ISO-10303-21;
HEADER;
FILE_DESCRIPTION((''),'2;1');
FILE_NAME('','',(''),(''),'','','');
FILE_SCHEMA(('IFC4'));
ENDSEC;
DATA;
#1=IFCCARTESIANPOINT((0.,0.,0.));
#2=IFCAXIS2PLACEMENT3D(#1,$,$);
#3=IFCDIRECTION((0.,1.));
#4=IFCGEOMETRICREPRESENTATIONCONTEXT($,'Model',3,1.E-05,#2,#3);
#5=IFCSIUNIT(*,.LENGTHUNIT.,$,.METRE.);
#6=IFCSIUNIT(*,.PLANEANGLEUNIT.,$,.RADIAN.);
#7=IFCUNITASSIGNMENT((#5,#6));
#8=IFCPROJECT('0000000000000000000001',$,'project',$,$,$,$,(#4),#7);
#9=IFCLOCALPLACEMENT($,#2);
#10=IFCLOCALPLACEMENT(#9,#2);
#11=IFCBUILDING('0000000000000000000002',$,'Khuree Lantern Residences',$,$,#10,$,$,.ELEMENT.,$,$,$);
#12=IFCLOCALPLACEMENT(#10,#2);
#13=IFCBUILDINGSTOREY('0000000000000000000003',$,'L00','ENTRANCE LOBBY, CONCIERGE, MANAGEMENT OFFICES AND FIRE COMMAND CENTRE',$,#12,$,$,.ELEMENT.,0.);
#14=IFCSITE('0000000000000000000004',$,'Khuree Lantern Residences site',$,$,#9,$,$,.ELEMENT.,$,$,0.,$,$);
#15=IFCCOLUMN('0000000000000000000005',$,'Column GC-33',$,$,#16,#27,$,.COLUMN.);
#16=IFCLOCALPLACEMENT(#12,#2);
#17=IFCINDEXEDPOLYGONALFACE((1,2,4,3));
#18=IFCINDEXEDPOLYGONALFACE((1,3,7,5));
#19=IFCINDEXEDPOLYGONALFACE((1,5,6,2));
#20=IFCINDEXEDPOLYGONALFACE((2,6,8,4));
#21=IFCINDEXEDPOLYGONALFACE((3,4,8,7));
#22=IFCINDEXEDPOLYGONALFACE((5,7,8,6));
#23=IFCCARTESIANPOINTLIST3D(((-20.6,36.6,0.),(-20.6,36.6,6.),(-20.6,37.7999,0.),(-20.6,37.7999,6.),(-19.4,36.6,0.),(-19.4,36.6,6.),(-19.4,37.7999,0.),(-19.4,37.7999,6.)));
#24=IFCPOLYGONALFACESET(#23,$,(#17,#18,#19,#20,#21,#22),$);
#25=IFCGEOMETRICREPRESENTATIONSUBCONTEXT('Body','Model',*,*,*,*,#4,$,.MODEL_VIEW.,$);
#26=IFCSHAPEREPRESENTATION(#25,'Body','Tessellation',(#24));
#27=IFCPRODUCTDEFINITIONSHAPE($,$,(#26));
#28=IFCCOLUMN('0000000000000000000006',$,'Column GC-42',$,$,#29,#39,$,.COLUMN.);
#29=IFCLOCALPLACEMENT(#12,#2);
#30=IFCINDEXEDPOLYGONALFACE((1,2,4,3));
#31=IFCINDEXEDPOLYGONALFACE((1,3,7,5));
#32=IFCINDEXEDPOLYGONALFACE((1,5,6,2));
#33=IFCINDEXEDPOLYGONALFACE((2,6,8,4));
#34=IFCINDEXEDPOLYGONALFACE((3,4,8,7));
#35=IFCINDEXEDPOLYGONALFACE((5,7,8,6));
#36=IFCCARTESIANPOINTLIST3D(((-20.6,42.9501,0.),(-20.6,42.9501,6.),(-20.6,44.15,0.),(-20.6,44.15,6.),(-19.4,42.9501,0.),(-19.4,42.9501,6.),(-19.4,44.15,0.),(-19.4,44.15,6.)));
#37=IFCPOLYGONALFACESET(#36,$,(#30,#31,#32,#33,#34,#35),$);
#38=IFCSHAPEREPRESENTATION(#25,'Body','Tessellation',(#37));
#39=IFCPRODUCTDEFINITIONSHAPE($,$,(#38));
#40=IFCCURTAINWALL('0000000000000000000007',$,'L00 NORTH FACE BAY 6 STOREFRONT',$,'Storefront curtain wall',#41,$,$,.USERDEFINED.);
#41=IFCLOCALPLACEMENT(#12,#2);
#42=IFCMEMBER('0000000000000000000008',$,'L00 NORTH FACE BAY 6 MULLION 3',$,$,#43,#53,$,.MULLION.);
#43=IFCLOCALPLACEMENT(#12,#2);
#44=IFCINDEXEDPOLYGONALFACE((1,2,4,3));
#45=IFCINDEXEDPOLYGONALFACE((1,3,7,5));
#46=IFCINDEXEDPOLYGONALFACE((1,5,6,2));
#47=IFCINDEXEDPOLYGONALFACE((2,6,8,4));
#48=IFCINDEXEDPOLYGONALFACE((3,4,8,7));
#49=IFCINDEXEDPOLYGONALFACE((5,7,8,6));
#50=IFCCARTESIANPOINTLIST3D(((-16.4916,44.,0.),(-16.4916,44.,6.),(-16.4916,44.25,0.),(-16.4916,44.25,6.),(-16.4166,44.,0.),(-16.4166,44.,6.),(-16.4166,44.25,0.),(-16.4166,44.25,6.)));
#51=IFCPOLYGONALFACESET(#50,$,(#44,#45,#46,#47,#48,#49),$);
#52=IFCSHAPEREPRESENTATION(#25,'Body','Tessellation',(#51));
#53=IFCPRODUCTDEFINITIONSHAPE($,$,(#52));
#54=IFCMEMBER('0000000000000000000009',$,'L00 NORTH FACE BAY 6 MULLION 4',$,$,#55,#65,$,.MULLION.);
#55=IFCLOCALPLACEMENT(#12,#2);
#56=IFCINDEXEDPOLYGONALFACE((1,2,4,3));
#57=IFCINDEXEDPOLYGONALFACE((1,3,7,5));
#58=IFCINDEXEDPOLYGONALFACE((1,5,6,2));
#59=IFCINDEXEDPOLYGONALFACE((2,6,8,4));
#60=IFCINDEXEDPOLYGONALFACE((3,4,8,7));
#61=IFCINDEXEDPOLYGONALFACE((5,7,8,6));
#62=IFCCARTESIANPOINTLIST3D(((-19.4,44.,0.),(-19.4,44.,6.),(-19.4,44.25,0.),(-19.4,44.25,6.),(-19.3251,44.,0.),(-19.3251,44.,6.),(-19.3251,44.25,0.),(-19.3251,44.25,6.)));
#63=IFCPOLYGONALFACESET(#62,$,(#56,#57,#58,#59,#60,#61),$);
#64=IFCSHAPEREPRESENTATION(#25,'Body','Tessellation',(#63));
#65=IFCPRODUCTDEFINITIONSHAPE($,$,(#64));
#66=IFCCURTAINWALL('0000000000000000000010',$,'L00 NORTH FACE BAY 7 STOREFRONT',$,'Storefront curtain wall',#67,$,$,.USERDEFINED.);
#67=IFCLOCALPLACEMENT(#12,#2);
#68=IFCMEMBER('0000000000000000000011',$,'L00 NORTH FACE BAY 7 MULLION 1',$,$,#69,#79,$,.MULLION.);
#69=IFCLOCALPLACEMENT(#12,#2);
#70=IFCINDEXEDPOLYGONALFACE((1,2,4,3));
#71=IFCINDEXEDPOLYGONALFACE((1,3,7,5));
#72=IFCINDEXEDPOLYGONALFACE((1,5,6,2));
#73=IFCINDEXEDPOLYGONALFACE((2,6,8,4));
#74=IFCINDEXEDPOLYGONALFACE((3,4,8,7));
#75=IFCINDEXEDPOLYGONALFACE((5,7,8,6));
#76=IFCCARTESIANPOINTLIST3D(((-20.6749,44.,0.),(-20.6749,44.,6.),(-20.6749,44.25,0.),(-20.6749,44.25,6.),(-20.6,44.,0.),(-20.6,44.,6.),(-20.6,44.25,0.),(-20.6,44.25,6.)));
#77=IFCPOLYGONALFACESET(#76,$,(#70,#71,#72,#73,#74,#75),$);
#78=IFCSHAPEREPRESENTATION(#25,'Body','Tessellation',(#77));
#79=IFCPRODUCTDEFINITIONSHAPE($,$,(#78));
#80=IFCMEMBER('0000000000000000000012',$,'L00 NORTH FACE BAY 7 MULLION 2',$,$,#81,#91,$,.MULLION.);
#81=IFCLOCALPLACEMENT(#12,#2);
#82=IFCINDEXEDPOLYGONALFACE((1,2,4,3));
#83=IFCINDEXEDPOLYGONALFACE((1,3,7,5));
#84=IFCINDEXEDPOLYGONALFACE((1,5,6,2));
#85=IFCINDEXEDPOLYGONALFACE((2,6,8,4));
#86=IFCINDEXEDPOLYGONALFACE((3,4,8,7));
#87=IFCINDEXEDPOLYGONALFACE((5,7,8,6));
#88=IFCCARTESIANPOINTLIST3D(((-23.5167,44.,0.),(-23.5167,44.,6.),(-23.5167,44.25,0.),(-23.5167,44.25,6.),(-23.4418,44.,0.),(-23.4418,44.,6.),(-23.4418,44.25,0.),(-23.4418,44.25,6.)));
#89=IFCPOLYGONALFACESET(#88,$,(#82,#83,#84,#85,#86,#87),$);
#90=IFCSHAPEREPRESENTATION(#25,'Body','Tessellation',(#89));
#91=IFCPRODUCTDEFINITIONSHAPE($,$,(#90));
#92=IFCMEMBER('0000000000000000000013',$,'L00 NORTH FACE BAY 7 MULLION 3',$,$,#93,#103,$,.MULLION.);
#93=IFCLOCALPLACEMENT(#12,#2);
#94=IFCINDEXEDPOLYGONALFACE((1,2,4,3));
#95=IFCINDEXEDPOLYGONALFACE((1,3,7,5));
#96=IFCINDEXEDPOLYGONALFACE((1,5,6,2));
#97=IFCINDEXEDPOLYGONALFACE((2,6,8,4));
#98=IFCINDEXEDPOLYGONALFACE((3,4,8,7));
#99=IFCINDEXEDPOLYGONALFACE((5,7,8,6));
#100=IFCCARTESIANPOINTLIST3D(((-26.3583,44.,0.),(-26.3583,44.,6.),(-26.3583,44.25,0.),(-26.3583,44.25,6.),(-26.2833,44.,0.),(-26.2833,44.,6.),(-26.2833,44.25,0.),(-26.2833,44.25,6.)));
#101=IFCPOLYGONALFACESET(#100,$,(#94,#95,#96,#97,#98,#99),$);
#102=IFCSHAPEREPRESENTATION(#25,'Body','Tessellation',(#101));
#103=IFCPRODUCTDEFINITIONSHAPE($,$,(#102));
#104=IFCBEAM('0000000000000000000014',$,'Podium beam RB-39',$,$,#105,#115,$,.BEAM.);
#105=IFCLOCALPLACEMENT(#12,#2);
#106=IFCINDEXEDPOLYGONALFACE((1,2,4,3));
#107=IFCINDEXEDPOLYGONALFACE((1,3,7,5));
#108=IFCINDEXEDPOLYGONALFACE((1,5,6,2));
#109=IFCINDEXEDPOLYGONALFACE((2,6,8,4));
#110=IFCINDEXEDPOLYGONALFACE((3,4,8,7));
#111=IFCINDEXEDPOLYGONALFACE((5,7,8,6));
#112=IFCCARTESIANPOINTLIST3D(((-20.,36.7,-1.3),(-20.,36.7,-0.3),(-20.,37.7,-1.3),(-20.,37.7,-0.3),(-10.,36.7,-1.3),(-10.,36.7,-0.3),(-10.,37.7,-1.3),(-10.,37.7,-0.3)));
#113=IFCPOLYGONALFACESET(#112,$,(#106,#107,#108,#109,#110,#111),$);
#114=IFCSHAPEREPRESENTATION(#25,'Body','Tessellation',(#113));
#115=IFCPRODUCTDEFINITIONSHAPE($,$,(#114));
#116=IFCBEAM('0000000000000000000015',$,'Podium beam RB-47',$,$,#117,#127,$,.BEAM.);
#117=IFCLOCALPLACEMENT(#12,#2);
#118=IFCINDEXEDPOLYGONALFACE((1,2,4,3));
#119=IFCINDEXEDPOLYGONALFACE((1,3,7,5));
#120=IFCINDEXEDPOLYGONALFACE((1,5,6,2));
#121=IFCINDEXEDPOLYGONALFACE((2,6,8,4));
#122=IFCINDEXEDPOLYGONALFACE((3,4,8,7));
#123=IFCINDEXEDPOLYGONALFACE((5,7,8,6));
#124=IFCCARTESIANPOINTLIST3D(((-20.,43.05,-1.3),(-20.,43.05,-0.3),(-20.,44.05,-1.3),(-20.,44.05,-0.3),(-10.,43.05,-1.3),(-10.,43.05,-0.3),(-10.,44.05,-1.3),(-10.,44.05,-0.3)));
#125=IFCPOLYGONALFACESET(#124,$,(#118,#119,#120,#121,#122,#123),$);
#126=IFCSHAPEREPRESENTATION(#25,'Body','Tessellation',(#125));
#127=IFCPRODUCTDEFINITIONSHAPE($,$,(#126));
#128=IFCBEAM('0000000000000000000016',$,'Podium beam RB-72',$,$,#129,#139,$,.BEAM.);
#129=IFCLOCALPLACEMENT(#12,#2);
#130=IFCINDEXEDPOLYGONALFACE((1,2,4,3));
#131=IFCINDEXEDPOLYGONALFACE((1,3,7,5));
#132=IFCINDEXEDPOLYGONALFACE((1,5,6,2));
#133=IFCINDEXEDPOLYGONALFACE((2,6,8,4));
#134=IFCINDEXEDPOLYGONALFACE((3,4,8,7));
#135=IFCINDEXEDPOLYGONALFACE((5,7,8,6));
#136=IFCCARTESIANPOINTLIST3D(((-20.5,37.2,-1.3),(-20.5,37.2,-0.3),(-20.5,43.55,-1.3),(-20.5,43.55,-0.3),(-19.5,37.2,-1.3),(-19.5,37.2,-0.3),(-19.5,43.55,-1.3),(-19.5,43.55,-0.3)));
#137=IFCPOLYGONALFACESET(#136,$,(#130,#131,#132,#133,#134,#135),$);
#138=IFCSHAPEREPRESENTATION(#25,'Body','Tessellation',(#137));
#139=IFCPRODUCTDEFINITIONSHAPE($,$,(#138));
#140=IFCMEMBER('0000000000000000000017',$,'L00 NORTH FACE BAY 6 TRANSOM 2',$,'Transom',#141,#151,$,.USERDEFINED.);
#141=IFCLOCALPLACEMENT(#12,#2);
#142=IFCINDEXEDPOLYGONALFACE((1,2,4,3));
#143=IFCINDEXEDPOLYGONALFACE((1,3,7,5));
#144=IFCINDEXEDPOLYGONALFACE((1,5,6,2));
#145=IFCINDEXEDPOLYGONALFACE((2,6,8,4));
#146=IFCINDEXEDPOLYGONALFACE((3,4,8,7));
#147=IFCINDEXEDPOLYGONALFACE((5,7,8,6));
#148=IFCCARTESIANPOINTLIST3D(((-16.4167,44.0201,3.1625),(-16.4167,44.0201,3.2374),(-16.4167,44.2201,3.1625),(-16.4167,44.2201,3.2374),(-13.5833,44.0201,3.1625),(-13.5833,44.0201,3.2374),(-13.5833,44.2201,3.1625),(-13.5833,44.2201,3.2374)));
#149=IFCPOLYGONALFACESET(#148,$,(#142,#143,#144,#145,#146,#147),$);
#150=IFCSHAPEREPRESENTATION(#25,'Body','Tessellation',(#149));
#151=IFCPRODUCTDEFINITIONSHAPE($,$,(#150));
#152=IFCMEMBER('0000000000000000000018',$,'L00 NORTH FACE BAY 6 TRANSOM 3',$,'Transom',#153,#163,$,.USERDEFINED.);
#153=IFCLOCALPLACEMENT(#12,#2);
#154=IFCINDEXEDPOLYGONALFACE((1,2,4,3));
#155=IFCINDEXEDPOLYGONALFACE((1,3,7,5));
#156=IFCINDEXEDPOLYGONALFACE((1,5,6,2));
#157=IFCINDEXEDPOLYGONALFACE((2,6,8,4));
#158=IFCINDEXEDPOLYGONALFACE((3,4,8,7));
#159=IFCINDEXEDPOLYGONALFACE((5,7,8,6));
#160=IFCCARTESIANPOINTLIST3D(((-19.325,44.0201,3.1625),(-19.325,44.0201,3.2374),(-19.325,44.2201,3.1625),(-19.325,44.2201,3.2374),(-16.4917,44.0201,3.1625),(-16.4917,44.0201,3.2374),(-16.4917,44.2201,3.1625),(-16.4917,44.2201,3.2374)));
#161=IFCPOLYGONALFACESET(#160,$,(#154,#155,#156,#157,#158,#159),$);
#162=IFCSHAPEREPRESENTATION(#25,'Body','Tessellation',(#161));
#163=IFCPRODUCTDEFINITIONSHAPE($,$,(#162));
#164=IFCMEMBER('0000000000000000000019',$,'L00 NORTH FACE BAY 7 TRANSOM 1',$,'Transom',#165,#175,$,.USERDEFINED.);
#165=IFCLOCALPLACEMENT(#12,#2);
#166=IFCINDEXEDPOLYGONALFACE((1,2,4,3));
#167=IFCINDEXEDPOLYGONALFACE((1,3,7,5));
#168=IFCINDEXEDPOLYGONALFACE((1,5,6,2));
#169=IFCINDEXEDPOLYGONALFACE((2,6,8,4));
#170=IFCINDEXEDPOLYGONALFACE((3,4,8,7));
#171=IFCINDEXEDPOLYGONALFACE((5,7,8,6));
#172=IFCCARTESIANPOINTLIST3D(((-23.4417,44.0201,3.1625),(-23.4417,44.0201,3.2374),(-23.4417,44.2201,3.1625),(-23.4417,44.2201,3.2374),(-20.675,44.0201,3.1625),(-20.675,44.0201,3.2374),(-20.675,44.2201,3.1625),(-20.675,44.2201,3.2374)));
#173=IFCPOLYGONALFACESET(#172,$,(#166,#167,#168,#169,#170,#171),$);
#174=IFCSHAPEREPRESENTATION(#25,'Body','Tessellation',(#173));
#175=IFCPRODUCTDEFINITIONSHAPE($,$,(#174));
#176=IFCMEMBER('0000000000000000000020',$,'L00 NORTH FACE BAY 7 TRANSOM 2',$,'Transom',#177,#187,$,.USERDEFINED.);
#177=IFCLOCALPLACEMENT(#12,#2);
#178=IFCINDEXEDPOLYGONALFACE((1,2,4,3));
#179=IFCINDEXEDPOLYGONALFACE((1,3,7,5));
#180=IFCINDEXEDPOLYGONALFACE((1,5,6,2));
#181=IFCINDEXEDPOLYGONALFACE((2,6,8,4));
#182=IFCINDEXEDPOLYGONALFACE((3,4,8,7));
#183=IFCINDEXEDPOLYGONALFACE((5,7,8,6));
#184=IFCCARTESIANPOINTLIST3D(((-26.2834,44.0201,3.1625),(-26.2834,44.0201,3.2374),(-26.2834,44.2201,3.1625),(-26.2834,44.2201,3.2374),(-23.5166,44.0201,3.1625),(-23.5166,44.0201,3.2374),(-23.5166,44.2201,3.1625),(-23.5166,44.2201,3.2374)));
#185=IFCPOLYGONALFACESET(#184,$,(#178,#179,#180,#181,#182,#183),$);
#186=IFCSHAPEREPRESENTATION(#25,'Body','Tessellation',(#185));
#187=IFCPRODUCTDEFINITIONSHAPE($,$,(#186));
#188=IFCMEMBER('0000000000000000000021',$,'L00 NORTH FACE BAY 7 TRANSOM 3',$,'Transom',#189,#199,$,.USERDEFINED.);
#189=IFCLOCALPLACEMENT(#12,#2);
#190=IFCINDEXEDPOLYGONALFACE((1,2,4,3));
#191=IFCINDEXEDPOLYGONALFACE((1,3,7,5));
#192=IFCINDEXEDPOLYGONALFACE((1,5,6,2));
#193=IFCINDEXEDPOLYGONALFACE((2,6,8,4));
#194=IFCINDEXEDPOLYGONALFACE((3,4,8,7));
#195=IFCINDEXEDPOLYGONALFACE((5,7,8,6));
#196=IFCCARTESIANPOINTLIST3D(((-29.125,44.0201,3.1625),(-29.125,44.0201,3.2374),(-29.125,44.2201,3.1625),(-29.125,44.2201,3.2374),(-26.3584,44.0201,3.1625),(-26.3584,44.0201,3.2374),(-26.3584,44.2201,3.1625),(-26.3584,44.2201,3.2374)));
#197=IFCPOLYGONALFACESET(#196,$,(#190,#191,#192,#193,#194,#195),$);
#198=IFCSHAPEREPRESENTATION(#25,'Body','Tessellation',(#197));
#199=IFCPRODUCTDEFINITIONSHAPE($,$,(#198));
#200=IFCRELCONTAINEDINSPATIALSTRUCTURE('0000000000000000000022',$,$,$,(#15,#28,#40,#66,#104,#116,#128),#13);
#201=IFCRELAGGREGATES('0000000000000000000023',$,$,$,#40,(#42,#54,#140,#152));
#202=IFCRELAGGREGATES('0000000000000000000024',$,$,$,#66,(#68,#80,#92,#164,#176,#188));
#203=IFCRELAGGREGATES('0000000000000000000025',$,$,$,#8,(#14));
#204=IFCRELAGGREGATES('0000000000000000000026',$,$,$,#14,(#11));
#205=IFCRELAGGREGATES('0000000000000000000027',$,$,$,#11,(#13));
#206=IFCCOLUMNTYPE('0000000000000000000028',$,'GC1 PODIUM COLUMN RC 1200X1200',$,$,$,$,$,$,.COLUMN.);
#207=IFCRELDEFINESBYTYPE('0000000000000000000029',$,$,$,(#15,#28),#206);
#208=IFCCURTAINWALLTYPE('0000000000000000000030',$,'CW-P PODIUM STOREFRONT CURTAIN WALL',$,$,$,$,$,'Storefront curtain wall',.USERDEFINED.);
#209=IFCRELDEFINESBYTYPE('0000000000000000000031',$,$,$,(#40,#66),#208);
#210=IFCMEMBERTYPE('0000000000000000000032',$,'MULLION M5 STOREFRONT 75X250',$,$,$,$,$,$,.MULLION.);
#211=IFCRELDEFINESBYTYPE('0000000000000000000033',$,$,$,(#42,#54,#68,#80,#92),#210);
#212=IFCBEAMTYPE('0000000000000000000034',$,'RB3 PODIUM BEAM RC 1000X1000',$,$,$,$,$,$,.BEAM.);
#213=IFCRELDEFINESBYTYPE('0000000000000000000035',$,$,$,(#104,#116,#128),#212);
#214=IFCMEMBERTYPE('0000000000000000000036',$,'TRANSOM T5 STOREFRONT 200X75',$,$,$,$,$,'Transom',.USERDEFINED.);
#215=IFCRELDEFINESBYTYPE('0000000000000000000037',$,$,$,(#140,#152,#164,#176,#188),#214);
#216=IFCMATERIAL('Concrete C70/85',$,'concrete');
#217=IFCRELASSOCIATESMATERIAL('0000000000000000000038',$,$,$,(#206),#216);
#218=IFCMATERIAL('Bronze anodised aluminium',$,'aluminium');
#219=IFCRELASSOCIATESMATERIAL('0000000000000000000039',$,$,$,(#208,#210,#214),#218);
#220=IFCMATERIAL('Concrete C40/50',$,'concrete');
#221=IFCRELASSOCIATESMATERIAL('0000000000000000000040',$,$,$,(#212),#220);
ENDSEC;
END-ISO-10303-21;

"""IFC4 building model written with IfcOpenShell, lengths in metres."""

from ifc_helpers import new_model, si_unit, direction, frame, origin, origin_2d, place, context, subcontext, project, spatial, rectangle, extrude, material, material_profile, profile_set, type_object, element, aggregate, save


model = new_model("IFC4")

# Units and contexts
model_context = context("Model", 3, precision=1e-05, world=origin(), true_north=direction((0.0, 1.0)))
body_context = subcontext(model_context, "Body", "Model", "MODEL_VIEW")
ifc_project = project(units=[si_unit("LENGTHUNIT", "METRE"), si_unit("PLANEANGLEUNIT", "RADIAN")], contexts=[model_context])

# Site, building, storey
site_placement = place(None, origin())
site = spatial("IfcSite", under=ifc_project, at=site_placement, Name="Khuree Lantern Residences site", CompositionType="ELEMENT", RefElevation=0.0)
building_placement = place(site_placement, origin())
building = spatial("IfcBuilding", under=site, at=building_placement, Name="Khuree Lantern Residences", CompositionType="ELEMENT")
storey_placement = place(building_placement, origin())
storey = spatial("IfcBuildingStorey", under=building, at=storey_placement, Name="L00", Description="ENTRANCE LOBBY, CONCIERGE, MANAGEMENT OFFICES AND FIRE COMMAND CENTRE", CompositionType="ELEMENT", Elevation=0.0)

# Columns
ifc_material_1 = material(Name="Concrete C70/85", Category="concrete")
ifc_material_profile_1 = material_profile(ifc_material_1, rectangle(XDim=1.2, YDim=1.2, at=origin_2d()), Name="RC 1200X1200")
ifc_profile_set_1 = profile_set([ifc_material_profile_1], Name="Concrete C70/85")
column_type = type_object("IfcColumnType", Name="GC1 PODIUM COLUMN RC 1200X1200", PredefinedType="COLUMN", material=ifc_profile_set_1)
for number, where, z_axis, x_axis, name in (
    (1, (-20.0, 37.2, 0.0), (0.0, 0.0, 1.0), (1.0, 0.0, 0.0), "Column GC-33"),
    (2, (-20.0, 43.55, 0.0), (0.0, 0.0, 1.0), (1.0, 0.0, 0.0), "Column GC-42"),
):
    element("IfcColumn", number, at=place(storey_placement, frame(where, z_axis=z_axis, x_axis=x_axis)), inside=storey, type_object=column_type, Name=name, PredefinedType="COLUMN", context=body_context, shape_type="SweptSolid", body=[
        extrude(rectangle(XDim=1.2, YDim=1.2, at=origin_2d()), origin(), (0.0, 0.0, 1.0), 6.0),
    ])

# Curtain walls, members
ifc_material_2 = material(Name="Bronze anodised aluminium", Category="aluminium")
curtain_wall_type = type_object("IfcCurtainWallType", Name="CW-P PODIUM STOREFRONT CURTAIN WALL", ElementType="Storefront curtain wall", PredefinedType="USERDEFINED", material=ifc_material_2)
curtain_wall_1_placement = place(storey_placement, origin())
curtain_wall_1 = element("IfcCurtainWall", 3, at=curtain_wall_1_placement, inside=storey, type_object=curtain_wall_type, Name="L00 NORTH FACE BAY 6 STOREFRONT", ObjectType="Storefront curtain wall", PredefinedType="USERDEFINED")
ifc_material_profile_2 = material_profile(ifc_material_2, rectangle(XDim=0.075, YDim=0.25, at=origin_2d()), Name="M5 75X250")
ifc_profile_set_2 = profile_set([ifc_material_profile_2], Name="Bronze anodised aluminium")
member_type_1 = type_object("IfcMemberType", Name="MULLION M5 STOREFRONT 75X250", PredefinedType="MULLION", material=ifc_profile_set_2)
member_1_placement = place(storey_placement, frame((-16.4541, 44.125, 0.0), z_axis=(0.0, 0.0, 1.0), x_axis=(-1.0, 0.0, 0.0)))
member_1 = element("IfcMember", 4, at=member_1_placement, type_object=member_type_1, Name="L00 NORTH FACE BAY 6 MULLION 3", PredefinedType="MULLION", context=body_context, shape_type="SweptSolid", body=[
    extrude(rectangle(XDim=0.075, YDim=0.25, at=origin_2d()), origin(), (0.0, 0.0, 1.0), 6.0),
])
member_2_placement = place(storey_placement, frame((-19.3625, 44.125, 0.0), z_axis=(0.0, 0.0, 1.0), x_axis=(-1.0, 0.0, 0.0)))
member_2 = element("IfcMember", 5, at=member_2_placement, type_object=member_type_1, Name="L00 NORTH FACE BAY 6 MULLION 4", PredefinedType="MULLION", context=body_context, shape_type="SweptSolid", body=[
    extrude(rectangle(XDim=0.075, YDim=0.25, at=origin_2d()), origin(), (0.0, 0.0, 1.0), 6.0),
])
curtain_wall_2_placement = place(storey_placement, origin())
curtain_wall_2 = element("IfcCurtainWall", 6, at=curtain_wall_2_placement, inside=storey, type_object=curtain_wall_type, Name="L00 NORTH FACE BAY 7 STOREFRONT", ObjectType="Storefront curtain wall", PredefinedType="USERDEFINED")
member_3_placement = place(storey_placement, frame((-20.6375, 44.125, 0.0), z_axis=(0.0, 0.0, 1.0), x_axis=(-1.0, 0.0, 0.0)))
member_3 = element("IfcMember", 7, at=member_3_placement, type_object=member_type_1, Name="L00 NORTH FACE BAY 7 MULLION 1", PredefinedType="MULLION", context=body_context, shape_type="SweptSolid", body=[
    extrude(rectangle(XDim=0.075, YDim=0.25, at=origin_2d()), origin(), (0.0, 0.0, 1.0), 6.0),
])
member_4_placement = place(storey_placement, frame((-23.4792, 44.125, 0.0), z_axis=(0.0, 0.0, 1.0), x_axis=(-1.0, 0.0, 0.0)))
member_4 = element("IfcMember", 8, at=member_4_placement, type_object=member_type_1, Name="L00 NORTH FACE BAY 7 MULLION 2", PredefinedType="MULLION", context=body_context, shape_type="SweptSolid", body=[
    extrude(rectangle(XDim=0.075, YDim=0.25, at=origin_2d()), origin(), (0.0, 0.0, 1.0), 6.0),
])
member_5_placement = place(storey_placement, frame((-26.3208, 44.125, 0.0), z_axis=(0.0, 0.0, 1.0), x_axis=(-1.0, 0.0, 0.0)))
member_5 = element("IfcMember", 9, at=member_5_placement, type_object=member_type_1, Name="L00 NORTH FACE BAY 7 MULLION 3", PredefinedType="MULLION", context=body_context, shape_type="SweptSolid", body=[
    extrude(rectangle(XDim=0.075, YDim=0.25, at=origin_2d()), origin(), (0.0, 0.0, 1.0), 6.0),
])

# Beams
ifc_material_3 = material(Name="Concrete C40/50", Category="concrete")
ifc_material_profile_3 = material_profile(ifc_material_3, rectangle(XDim=1.0, YDim=1.0, at=origin_2d()), Name="RC 1000X1000")
ifc_profile_set_3 = profile_set([ifc_material_profile_3], Name="Concrete C40/50")
beam_type = type_object("IfcBeamType", Name="RB3 PODIUM BEAM RC 1000X1000", PredefinedType="BEAM", material=ifc_profile_set_3)
for number, where, z_axis, x_axis, name in (
    (10, (-20.0, 37.2, -0.8), (1.0, 0.0, 0.0), (0.0, 1.0, 0.0), "Podium beam RB-39"),
    (11, (-20.0, 43.55, -0.8), (1.0, 0.0, 0.0), (0.0, 1.0, 0.0), "Podium beam RB-47"),
):
    element("IfcBeam", number, at=place(storey_placement, frame(where, z_axis=z_axis, x_axis=x_axis)), inside=storey, type_object=beam_type, Name=name, PredefinedType="BEAM", context=body_context, shape_type="SweptSolid", body=[
        extrude(rectangle(XDim=1.0, YDim=1.0, at=origin_2d()), origin(), (0.0, 0.0, 1.0), 10.0),
    ])
beam_placement = place(storey_placement, frame((-20.0, 37.2, -0.8), z_axis=(0.0, 1.0, 0.0), x_axis=(-1.0, 0.0, 0.0)))
element("IfcBeam", 12, at=beam_placement, inside=storey, type_object=beam_type, Name="Podium beam RB-72", PredefinedType="BEAM", context=body_context, shape_type="SweptSolid", body=[
    extrude(rectangle(XDim=1.0, YDim=1.0, at=origin_2d()), origin(), (0.0, 0.0, 1.0), 6.3501),
])

# Members
ifc_material_profile_4 = material_profile(ifc_material_2, rectangle(XDim=0.2, YDim=0.075, at=origin_2d()), Name="T5 200X75")
ifc_profile_set_4 = profile_set([ifc_material_profile_4], Name="Bronze anodised aluminium")
member_type_2 = type_object("IfcMemberType", Name="TRANSOM T5 STOREFRONT 200X75", ElementType="Transom", PredefinedType="USERDEFINED", material=ifc_profile_set_4)
member_6_placement = place(storey_placement, frame((-13.5833, 44.1201, 3.2), z_axis=(-1.0, 0.0, 0.0), x_axis=(0.0, -1.0, 0.0)))
member_6 = element("IfcMember", 13, at=member_6_placement, type_object=member_type_2, Name="L00 NORTH FACE BAY 6 TRANSOM 2", ObjectType="Transom", PredefinedType="USERDEFINED", context=body_context, shape_type="SweptSolid", body=[
    extrude(rectangle(XDim=0.2, YDim=0.075, at=origin_2d()), origin(), (0.0, 0.0, 1.0), 2.8335),
])
member_7_placement = place(storey_placement, frame((-16.4917, 44.1201, 3.2), z_axis=(-1.0, 0.0, 0.0), x_axis=(0.0, -1.0, 0.0)))
member_7 = element("IfcMember", 14, at=member_7_placement, type_object=member_type_2, Name="L00 NORTH FACE BAY 6 TRANSOM 3", ObjectType="Transom", PredefinedType="USERDEFINED", context=body_context, shape_type="SweptSolid", body=[
    extrude(rectangle(XDim=0.2, YDim=0.075, at=origin_2d()), origin(), (0.0, 0.0, 1.0), 2.8333),
])
member_8_placement = place(storey_placement, frame((-20.675, 44.1201, 3.2), z_axis=(-1.0, 0.0, 0.0), x_axis=(0.0, -1.0, 0.0)))
member_8 = element("IfcMember", 15, at=member_8_placement, type_object=member_type_2, Name="L00 NORTH FACE BAY 7 TRANSOM 1", ObjectType="Transom", PredefinedType="USERDEFINED", context=body_context, shape_type="SweptSolid", body=[
    extrude(rectangle(XDim=0.2, YDim=0.075, at=origin_2d()), origin(), (0.0, 0.0, 1.0), 2.7666),
])
member_9_placement = place(storey_placement, frame((-23.5166, 44.1201, 3.2), z_axis=(-1.0, 0.0, 0.0), x_axis=(0.0, -1.0, 0.0)))
member_9 = element("IfcMember", 16, at=member_9_placement, type_object=member_type_2, Name="L00 NORTH FACE BAY 7 TRANSOM 2", ObjectType="Transom", PredefinedType="USERDEFINED", context=body_context, shape_type="SweptSolid", body=[
    extrude(rectangle(XDim=0.2, YDim=0.075, at=origin_2d()), origin(), (0.0, 0.0, 1.0), 2.7668),
])
member_10_placement = place(storey_placement, frame((-26.3584, 44.1201, 3.2), z_axis=(-1.0, 0.0, 0.0), x_axis=(0.0, -1.0, 0.0)))
member_10 = element("IfcMember", 17, at=member_10_placement, type_object=member_type_2, Name="L00 NORTH FACE BAY 7 TRANSOM 3", ObjectType="Transom", PredefinedType="USERDEFINED", context=body_context, shape_type="SweptSolid", body=[
    extrude(rectangle(XDim=0.2, YDim=0.075, at=origin_2d()), origin(), (0.0, 0.0, 1.0), 2.7666),
])

aggregate(curtain_wall_1, [member_1, member_2, member_6, member_7])
aggregate(curtain_wall_2, [member_3, member_4, member_5, member_8, member_9, member_10])

save(model, "model.ifc")
